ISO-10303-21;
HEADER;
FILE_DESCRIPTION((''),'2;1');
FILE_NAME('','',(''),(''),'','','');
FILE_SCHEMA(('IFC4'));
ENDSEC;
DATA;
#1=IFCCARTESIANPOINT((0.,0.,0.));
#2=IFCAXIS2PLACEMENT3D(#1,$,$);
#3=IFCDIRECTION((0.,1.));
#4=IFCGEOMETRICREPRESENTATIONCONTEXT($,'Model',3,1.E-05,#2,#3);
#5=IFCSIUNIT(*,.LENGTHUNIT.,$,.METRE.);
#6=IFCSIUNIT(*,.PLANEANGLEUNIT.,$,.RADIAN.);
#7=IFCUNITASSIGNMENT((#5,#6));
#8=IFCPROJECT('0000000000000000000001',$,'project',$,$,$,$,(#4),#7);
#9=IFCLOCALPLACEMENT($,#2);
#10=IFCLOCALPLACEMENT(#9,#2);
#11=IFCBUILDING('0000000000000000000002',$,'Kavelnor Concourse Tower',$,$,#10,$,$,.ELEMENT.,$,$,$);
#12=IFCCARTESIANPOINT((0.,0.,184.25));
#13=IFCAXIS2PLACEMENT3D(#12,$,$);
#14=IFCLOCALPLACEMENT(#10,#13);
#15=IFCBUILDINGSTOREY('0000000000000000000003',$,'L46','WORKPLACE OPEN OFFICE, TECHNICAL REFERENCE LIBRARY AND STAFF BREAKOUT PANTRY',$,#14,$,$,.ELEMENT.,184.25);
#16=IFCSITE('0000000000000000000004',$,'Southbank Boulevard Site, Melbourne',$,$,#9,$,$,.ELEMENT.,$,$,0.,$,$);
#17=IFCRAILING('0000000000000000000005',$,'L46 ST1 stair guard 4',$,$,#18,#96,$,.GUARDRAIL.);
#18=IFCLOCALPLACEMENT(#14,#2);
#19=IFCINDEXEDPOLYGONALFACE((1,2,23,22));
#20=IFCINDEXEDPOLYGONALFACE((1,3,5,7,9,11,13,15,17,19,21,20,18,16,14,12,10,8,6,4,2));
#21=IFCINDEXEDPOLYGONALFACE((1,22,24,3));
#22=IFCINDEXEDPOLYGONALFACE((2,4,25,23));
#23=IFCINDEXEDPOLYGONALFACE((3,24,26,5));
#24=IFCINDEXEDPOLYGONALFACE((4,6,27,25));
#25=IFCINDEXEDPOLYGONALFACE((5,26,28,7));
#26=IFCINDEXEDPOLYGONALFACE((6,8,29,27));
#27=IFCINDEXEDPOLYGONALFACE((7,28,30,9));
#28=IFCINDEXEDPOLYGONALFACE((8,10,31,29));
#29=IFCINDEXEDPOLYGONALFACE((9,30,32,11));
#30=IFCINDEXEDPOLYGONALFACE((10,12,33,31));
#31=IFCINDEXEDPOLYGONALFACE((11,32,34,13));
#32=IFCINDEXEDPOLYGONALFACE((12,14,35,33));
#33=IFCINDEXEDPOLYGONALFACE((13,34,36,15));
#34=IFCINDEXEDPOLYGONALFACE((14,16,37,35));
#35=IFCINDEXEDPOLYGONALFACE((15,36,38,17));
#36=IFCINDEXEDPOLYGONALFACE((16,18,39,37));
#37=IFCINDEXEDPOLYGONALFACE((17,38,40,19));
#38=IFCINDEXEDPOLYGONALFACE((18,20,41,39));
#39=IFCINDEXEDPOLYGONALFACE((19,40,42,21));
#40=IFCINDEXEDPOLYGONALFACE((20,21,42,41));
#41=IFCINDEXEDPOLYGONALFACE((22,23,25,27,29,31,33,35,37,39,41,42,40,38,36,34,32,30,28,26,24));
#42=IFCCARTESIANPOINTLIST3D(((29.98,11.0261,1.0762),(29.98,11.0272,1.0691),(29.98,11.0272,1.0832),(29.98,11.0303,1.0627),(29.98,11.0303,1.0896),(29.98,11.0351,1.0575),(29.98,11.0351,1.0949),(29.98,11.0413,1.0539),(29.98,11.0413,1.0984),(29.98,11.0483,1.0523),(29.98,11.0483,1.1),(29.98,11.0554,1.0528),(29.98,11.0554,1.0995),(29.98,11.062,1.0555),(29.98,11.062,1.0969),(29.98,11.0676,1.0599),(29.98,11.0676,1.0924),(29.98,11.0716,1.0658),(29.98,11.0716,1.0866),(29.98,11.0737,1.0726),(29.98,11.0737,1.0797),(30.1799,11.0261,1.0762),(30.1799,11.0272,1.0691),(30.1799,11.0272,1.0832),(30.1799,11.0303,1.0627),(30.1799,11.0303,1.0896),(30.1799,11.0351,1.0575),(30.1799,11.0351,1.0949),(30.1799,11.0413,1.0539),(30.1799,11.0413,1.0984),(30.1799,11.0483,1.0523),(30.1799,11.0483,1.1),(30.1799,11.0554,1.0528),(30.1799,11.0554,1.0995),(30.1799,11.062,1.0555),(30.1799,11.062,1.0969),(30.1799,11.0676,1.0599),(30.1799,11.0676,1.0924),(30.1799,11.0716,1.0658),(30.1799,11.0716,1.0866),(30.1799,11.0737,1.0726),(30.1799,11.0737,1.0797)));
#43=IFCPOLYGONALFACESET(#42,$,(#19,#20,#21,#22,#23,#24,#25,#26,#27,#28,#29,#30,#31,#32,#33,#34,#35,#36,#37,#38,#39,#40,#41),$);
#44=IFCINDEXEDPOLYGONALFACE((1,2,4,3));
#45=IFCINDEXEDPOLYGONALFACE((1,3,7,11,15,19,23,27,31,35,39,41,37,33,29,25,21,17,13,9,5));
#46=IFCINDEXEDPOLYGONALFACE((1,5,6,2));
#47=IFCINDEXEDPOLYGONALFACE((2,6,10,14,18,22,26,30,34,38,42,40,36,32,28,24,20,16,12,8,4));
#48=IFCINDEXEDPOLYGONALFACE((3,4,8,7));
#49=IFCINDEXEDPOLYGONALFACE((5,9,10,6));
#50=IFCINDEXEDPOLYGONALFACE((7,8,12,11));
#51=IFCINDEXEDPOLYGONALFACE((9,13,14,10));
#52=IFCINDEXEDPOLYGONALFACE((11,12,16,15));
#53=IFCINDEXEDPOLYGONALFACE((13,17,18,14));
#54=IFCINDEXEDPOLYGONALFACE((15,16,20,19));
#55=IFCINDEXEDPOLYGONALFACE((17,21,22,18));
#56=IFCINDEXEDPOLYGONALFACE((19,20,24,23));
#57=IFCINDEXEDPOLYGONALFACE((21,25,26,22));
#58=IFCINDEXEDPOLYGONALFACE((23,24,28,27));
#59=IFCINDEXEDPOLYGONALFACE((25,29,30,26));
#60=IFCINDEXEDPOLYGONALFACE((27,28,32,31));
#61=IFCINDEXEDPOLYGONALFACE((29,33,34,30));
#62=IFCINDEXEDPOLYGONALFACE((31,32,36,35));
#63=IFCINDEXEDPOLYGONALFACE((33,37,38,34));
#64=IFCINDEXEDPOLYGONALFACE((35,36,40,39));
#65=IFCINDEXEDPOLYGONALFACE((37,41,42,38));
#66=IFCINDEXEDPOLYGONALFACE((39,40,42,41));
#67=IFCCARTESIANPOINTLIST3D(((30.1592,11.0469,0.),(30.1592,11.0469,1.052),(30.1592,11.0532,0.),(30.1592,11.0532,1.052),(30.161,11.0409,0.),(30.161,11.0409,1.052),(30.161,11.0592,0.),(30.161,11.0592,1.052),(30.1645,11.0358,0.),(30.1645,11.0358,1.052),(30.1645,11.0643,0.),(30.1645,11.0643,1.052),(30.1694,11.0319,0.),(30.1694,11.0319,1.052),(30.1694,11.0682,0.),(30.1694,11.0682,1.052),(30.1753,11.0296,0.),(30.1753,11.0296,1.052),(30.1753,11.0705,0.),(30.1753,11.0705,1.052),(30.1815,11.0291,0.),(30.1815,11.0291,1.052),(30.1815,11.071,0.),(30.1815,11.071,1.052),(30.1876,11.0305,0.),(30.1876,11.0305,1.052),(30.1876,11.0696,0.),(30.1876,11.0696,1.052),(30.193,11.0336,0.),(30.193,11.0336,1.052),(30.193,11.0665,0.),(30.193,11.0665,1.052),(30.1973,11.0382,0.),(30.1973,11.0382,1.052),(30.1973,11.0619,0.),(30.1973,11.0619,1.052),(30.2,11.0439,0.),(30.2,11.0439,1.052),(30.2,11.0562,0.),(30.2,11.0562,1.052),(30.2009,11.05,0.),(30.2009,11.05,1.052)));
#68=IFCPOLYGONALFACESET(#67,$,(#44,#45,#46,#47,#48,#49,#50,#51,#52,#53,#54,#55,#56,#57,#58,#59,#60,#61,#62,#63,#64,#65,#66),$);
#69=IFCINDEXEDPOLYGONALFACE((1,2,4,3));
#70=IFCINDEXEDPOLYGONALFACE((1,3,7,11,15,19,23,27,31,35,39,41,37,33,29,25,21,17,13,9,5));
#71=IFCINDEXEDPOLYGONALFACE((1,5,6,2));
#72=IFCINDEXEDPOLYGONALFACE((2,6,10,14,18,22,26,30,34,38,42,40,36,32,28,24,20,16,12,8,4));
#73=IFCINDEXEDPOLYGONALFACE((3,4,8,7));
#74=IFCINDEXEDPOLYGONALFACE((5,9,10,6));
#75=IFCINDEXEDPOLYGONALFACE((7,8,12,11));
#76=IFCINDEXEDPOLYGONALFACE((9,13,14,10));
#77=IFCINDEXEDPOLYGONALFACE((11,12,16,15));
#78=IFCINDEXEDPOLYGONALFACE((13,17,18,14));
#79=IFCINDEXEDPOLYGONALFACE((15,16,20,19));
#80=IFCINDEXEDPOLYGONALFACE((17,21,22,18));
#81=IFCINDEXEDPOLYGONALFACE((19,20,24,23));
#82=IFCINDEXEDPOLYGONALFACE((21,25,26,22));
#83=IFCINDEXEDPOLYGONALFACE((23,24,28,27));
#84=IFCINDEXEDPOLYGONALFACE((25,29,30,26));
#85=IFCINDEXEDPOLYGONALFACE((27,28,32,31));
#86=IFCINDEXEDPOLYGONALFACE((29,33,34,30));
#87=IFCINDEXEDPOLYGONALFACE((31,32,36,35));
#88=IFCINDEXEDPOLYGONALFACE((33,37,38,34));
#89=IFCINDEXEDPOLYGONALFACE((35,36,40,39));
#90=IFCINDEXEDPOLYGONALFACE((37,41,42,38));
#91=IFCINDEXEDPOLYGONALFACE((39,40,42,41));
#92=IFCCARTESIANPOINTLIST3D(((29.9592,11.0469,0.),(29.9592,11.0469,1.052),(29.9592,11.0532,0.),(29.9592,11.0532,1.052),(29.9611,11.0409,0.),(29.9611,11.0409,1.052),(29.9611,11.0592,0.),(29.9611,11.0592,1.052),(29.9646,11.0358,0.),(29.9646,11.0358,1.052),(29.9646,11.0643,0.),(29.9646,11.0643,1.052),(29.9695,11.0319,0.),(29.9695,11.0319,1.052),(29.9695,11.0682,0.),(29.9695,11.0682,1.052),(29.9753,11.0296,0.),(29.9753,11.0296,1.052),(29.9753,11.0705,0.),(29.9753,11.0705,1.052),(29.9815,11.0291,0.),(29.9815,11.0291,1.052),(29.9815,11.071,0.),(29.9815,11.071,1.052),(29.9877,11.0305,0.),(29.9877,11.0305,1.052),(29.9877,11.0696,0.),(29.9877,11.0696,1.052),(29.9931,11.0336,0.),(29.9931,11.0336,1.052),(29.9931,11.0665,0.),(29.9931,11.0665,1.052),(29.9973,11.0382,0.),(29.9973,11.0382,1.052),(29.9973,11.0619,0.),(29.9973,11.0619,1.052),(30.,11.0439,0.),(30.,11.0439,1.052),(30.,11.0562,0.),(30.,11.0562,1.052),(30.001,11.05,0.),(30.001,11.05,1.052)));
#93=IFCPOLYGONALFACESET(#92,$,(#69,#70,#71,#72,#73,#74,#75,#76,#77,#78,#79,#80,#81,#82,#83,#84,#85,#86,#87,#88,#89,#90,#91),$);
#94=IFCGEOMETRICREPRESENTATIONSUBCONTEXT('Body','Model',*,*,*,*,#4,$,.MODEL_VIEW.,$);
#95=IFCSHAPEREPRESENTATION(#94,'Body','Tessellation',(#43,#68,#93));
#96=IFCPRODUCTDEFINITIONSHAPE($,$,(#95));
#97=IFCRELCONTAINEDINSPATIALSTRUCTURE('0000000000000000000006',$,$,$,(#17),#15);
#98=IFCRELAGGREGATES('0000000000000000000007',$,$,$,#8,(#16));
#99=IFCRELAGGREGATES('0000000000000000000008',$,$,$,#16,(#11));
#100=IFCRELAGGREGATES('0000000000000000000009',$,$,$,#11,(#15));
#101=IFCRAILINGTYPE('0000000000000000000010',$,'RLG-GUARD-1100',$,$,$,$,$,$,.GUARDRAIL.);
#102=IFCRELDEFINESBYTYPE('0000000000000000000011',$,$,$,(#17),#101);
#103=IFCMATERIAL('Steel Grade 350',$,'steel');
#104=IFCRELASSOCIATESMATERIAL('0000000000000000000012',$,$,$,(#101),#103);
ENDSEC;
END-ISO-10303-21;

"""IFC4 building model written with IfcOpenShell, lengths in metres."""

from ifc_helpers import new_model, si_unit, direction, frame, origin, origin_2d, place, context, subcontext, project, spatial, circle, extrude, material, type_object, element, save


model = new_model("IFC4")

# Units and contexts
model_context = context("Model", 3, precision=1e-05, world=origin(), true_north=direction((0.0, 1.0)))
body_context = subcontext(model_context, "Body", "Model", "MODEL_VIEW")
ifc_project = project(units=[si_unit("LENGTHUNIT", "METRE"), si_unit("PLANEANGLEUNIT", "RADIAN")], contexts=[model_context])

# Site, building, storey
site_placement = place(None, origin())
site = spatial("IfcSite", under=ifc_project, at=site_placement, Name="Southbank Boulevard Site, Melbourne", CompositionType="ELEMENT", RefElevation=0.0)
building_placement = place(site_placement, origin())
building = spatial("IfcBuilding", under=site, at=building_placement, Name="Kavelnor Concourse Tower", CompositionType="ELEMENT")
storey_placement = place(building_placement, frame((0.0, 0.0, 184.25)))
storey = spatial("IfcBuildingStorey", under=building, at=storey_placement, Name="L46", Description="WORKPLACE OPEN OFFICE, TECHNICAL REFERENCE LIBRARY AND STAFF BREAKOUT PANTRY", CompositionType="ELEMENT", Elevation=184.25)

# Shared definitions
ifc_material_1 = material(Name="Steel Grade 350", Category="steel")

# Railing
railing_type_1 = type_object("IfcRailingType", Name="RLG-GUARD-1100", PredefinedType="GUARDRAIL", material=ifc_material_1)
railing_1_placement = place(storey_placement, frame((30.1799, 11.05, 0.0)))
element("IfcRailing", 1, at=railing_1_placement, inside=storey, type_object=railing_type_1, Name="L46 ST1 stair guard 4", PredefinedType="GUARDRAIL", context=body_context, shape_type="SweptSolid", body=[
    extrude(circle(Radius=0.0239, at=origin_2d()), frame((0.0, 0.0, 1.0762), z_axis=(-1.0, 0.0, 0.0), x_axis=(0.0, -1.0, 0.0)), (0.0, 0.0, 1.0), 0.2),
    extrude(circle(Radius=0.021, at=origin_2d()), origin(), (0.0, 0.0, 1.0), 1.052),
    extrude(circle(Radius=0.021, at=origin_2d()), frame((-0.2, 0.0, 0.0)), (0.0, 0.0, 1.0), 1.052),
])

save(model, "model.ifc")
